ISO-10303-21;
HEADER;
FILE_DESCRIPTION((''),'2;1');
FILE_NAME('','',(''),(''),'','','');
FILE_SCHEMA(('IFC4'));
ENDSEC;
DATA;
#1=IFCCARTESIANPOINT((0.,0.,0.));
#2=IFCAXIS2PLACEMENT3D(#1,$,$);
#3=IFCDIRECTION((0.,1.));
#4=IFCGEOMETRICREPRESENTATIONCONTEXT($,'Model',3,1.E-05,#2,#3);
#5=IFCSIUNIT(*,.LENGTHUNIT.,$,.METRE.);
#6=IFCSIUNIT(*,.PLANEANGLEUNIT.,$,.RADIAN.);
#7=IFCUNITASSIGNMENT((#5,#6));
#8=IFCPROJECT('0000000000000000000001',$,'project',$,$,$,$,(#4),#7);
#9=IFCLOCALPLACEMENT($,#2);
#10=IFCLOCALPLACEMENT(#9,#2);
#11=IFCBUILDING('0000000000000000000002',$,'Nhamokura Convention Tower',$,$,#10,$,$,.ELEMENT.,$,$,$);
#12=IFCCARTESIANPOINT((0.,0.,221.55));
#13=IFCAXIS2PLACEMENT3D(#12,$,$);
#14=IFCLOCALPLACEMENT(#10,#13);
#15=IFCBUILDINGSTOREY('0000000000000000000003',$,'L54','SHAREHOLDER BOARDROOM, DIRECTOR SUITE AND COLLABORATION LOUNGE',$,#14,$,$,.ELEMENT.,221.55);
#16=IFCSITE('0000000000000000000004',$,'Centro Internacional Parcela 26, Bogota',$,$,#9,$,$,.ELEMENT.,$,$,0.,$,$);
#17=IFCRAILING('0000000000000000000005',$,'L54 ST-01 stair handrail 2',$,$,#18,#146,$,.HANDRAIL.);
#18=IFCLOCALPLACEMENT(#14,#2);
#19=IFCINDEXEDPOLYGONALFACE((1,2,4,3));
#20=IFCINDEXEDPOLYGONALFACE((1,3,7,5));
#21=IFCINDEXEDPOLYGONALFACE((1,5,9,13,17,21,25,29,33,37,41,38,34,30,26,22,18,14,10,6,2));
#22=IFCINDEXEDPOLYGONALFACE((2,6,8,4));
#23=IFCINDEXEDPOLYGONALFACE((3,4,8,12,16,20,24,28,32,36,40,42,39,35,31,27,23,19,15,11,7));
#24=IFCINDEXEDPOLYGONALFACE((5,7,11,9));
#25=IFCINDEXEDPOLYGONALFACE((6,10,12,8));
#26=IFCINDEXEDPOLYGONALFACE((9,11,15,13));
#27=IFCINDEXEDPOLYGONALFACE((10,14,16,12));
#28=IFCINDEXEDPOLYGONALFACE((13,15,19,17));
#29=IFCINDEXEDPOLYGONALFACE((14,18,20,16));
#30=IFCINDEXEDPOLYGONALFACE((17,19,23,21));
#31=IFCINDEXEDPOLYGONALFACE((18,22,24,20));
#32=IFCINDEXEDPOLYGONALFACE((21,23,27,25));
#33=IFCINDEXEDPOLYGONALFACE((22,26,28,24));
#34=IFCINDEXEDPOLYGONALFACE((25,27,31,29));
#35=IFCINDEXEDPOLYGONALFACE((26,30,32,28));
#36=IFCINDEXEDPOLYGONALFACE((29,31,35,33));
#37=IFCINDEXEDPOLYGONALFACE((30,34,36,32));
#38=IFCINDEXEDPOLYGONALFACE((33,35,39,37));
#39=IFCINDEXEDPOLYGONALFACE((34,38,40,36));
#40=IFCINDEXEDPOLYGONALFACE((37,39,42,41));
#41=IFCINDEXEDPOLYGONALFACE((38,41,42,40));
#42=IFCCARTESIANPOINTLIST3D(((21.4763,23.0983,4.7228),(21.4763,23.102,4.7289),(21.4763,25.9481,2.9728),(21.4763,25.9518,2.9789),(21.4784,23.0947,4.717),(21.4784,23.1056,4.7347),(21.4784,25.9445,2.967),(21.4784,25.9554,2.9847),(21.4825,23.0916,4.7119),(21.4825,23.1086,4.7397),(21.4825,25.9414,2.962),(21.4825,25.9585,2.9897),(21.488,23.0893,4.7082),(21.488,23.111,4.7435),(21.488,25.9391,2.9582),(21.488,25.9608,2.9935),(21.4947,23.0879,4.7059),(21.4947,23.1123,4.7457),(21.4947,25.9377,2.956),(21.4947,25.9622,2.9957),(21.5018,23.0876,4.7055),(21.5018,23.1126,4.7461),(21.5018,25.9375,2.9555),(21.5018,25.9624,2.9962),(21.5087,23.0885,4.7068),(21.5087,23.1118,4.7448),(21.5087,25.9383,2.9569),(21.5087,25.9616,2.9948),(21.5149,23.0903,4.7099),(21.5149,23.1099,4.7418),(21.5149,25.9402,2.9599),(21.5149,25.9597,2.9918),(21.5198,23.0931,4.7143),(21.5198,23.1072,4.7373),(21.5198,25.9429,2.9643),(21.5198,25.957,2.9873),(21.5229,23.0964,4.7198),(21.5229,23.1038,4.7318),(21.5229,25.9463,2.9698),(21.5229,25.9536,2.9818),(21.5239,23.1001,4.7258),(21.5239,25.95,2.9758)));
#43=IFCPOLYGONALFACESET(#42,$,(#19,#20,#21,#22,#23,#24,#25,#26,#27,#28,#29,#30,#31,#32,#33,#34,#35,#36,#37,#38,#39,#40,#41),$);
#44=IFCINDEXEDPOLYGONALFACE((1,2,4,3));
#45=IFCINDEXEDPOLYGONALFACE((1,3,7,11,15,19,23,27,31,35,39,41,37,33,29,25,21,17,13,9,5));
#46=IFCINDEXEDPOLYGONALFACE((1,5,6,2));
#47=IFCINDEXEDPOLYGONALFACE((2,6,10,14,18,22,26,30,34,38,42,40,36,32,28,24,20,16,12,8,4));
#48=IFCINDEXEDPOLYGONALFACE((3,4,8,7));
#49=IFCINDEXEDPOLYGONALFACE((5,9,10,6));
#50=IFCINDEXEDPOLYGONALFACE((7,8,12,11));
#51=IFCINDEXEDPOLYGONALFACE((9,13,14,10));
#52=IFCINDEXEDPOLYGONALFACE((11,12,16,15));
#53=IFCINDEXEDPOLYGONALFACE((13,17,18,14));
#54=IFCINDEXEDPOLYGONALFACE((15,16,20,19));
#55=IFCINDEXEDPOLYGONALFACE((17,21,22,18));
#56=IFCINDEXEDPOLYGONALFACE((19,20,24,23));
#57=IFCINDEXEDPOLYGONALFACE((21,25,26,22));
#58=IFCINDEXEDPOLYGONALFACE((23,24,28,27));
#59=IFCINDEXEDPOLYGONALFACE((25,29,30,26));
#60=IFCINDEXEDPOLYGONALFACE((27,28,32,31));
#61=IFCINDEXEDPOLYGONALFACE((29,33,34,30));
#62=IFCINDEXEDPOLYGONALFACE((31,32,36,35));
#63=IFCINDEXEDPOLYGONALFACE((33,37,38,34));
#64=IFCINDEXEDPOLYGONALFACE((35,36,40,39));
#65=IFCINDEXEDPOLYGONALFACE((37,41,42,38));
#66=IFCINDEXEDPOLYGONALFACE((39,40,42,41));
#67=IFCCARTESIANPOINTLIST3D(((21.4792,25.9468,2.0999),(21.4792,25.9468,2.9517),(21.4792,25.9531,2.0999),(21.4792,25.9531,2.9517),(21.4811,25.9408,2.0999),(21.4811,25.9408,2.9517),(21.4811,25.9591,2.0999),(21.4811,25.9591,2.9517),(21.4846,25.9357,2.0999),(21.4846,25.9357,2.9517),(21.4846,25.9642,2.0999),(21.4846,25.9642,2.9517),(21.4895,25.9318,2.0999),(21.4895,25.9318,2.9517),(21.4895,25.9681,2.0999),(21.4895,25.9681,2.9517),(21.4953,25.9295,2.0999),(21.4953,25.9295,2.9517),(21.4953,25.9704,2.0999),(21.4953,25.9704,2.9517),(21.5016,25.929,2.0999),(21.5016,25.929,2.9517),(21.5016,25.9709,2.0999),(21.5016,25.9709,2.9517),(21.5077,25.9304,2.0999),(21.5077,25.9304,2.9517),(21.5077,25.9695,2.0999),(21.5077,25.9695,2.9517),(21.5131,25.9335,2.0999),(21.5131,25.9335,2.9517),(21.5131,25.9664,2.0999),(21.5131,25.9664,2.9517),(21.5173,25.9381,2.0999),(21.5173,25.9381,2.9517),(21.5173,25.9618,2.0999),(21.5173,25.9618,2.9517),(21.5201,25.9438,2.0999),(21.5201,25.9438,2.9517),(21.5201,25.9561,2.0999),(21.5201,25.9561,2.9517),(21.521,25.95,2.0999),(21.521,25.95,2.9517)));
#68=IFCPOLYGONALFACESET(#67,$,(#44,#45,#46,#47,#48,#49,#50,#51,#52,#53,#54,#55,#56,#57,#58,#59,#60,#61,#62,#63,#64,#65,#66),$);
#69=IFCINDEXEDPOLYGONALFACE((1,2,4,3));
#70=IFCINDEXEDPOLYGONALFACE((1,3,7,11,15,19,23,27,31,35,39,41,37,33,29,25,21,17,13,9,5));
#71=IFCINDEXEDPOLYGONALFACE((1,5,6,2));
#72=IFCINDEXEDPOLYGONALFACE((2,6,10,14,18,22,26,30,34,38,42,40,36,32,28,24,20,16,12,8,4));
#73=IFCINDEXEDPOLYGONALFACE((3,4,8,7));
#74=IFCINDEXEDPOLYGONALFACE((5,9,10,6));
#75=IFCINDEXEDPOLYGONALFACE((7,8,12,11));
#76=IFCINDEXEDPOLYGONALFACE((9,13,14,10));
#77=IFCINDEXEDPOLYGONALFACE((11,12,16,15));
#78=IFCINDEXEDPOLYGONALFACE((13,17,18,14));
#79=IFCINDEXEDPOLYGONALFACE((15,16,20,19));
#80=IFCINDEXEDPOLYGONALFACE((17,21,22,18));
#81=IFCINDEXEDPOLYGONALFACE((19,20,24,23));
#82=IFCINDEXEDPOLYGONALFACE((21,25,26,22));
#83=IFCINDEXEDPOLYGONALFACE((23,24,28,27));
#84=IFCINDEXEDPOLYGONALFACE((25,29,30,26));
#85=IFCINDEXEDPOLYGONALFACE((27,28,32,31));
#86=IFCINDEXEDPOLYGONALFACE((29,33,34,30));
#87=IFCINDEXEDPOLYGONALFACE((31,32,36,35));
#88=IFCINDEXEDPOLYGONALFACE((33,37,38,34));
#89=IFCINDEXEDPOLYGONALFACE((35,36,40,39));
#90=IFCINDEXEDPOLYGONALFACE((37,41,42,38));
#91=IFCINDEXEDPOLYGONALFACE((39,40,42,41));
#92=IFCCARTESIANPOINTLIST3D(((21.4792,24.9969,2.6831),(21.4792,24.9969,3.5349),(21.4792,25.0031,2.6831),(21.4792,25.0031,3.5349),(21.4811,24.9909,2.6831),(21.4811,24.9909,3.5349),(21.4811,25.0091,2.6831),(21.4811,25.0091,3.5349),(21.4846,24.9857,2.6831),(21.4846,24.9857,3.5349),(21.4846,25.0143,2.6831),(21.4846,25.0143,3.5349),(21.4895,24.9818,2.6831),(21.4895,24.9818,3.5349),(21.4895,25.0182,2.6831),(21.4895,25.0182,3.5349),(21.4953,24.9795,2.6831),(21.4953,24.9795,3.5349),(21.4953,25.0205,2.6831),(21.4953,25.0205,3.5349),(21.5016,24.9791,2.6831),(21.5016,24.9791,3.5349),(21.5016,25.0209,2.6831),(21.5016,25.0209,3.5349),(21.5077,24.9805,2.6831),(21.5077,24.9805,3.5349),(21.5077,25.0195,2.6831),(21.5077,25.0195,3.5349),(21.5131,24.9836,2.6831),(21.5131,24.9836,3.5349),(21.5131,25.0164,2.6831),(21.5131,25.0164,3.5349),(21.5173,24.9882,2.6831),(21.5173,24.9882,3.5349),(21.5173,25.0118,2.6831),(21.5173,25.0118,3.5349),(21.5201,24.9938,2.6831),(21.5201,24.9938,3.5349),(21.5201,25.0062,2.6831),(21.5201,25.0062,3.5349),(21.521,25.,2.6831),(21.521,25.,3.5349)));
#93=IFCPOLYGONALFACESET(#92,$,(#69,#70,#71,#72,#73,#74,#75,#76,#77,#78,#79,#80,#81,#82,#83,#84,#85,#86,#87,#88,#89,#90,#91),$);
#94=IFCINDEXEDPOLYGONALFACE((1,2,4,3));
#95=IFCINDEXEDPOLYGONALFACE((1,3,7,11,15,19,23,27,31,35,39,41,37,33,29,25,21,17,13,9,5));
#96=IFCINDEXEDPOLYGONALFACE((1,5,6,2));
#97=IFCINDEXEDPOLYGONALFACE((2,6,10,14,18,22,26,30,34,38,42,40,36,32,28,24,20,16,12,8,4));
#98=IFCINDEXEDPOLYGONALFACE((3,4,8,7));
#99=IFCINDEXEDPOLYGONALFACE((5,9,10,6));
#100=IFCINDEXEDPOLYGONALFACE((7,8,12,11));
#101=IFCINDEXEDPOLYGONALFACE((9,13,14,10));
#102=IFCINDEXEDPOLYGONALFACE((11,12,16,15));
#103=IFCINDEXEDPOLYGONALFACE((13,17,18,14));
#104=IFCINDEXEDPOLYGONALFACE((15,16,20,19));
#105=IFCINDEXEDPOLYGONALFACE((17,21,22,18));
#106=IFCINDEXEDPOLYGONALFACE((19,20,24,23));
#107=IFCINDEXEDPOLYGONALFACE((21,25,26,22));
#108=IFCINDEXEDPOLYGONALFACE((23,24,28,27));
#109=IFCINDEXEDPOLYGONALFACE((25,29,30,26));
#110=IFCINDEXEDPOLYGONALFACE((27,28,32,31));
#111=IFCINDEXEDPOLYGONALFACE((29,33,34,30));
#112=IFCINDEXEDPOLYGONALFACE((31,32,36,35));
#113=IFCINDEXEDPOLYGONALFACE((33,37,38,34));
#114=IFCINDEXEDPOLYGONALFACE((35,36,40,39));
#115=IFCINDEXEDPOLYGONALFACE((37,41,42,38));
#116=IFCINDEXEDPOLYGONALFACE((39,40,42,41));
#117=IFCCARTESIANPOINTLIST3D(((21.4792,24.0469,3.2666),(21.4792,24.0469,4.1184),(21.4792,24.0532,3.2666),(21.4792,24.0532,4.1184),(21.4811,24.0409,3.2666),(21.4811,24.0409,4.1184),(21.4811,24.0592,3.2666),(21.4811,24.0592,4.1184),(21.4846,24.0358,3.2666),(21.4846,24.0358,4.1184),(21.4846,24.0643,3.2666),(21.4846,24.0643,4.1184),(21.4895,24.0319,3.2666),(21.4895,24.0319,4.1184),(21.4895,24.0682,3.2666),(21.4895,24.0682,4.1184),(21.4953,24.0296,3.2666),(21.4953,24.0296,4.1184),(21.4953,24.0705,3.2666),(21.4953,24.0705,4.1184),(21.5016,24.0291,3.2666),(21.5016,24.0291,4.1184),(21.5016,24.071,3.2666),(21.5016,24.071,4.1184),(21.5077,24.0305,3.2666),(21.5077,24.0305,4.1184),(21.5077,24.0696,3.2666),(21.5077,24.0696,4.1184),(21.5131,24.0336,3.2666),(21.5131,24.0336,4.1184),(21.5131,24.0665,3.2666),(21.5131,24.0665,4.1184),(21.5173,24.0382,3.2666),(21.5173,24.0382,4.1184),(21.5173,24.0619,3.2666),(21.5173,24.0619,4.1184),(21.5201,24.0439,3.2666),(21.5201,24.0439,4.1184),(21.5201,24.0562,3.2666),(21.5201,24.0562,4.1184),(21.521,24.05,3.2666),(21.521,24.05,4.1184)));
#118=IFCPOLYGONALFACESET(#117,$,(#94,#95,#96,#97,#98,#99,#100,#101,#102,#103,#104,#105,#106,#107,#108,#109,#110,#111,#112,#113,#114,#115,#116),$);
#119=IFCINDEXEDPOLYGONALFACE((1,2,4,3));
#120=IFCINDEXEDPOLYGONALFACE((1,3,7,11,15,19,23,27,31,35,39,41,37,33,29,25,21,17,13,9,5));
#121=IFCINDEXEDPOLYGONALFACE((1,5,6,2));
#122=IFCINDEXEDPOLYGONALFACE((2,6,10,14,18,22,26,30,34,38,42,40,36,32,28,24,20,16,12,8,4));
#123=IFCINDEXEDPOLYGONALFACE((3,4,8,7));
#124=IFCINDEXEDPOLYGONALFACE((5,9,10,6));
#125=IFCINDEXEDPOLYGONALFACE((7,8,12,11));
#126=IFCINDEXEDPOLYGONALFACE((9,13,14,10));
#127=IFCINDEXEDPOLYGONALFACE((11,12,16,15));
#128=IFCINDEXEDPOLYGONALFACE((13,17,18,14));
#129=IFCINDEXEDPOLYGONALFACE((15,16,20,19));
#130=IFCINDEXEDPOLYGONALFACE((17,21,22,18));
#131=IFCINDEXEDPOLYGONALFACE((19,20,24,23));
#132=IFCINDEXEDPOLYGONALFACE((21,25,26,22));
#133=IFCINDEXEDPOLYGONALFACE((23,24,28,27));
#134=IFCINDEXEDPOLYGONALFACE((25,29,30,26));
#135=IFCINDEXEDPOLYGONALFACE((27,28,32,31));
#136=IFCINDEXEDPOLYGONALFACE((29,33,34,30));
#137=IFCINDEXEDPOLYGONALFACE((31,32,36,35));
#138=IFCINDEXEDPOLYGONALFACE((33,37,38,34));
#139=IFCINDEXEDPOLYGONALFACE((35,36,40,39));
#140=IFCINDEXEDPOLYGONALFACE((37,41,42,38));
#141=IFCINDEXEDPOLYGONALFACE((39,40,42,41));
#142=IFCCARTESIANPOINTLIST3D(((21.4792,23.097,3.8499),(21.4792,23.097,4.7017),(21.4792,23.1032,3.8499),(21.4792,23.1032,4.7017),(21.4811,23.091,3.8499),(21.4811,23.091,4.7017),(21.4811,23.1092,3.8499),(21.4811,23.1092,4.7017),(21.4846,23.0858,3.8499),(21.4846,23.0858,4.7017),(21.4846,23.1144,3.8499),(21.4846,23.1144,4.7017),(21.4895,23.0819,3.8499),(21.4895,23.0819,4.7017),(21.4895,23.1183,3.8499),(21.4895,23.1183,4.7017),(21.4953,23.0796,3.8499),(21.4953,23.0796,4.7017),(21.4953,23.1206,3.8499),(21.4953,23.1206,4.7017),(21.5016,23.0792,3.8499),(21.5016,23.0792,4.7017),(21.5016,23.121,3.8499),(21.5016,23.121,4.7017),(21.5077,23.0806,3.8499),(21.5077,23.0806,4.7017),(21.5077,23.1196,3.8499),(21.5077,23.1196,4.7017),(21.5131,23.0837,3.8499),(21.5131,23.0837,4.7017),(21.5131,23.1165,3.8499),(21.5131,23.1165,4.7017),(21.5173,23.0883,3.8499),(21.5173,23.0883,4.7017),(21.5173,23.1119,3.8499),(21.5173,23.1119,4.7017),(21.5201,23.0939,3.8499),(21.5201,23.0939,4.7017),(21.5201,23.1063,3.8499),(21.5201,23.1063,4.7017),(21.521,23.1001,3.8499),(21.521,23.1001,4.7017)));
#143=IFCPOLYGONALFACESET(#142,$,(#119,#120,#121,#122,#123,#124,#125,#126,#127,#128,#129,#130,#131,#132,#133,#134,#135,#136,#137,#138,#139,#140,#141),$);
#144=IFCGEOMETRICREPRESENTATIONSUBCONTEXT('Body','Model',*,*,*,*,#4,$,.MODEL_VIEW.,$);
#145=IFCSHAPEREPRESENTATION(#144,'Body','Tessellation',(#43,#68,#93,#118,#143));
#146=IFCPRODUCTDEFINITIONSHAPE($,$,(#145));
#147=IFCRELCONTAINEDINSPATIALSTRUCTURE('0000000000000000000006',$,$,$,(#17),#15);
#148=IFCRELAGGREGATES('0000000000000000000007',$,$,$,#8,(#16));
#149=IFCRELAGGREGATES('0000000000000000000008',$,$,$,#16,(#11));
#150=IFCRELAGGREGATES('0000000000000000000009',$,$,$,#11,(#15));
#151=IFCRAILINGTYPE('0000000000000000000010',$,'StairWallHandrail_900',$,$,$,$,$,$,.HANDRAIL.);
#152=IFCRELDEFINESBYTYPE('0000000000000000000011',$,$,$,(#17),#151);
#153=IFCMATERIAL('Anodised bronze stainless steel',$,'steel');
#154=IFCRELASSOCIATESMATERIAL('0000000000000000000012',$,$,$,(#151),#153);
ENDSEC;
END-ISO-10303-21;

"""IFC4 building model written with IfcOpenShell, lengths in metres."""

from ifc_helpers import new_model, si_unit, direction, frame, origin, origin_2d, place, context, subcontext, project, spatial, circle, extrude, material, type_object, element, save


model = new_model("IFC4")

# Units and contexts
model_context = context("Model", 3, precision=1e-05, world=origin(), true_north=direction((0.0, 1.0)))
body_context = subcontext(model_context, "Body", "Model", "MODEL_VIEW")
ifc_project = project(units=[si_unit("LENGTHUNIT", "METRE"), si_unit("PLANEANGLEUNIT", "RADIAN")], contexts=[model_context])

# Site, building, storey
site_placement = place(None, origin())
site = spatial("IfcSite", under=ifc_project, at=site_placement, Name="Centro Internacional Parcela 26, Bogota", CompositionType="ELEMENT", RefElevation=0.0)
building_placement = place(site_placement, origin())
building = spatial("IfcBuilding", under=site, at=building_placement, Name="Nhamokura Convention Tower", CompositionType="ELEMENT")
storey_placement = place(building_placement, frame((0.0, 0.0, 221.55)))
storey = spatial("IfcBuildingStorey", under=building, at=storey_placement, Name="L54", Description="SHAREHOLDER BOARDROOM, DIRECTOR SUITE AND COLLABORATION LOUNGE", CompositionType="ELEMENT", Elevation=221.55)

# Railing
ifc_material_1 = material(Name="Anodised bronze stainless steel", Category="steel")
railing_type_1 = type_object("IfcRailingType", Name="StairWallHandrail_900", PredefinedType="HANDRAIL", material=ifc_material_1)
railing_1_placement = place(storey_placement, frame((21.5, 25.95, 2.0999)))
element("IfcRailing", 1, at=railing_1_placement, inside=storey, type_object=railing_type_1, Name="L54 ST-01 stair handrail 2", PredefinedType="HANDRAIL", context=body_context, shape_type="SweptSolid", body=[
    extrude(circle(Radius=0.0239, at=origin_2d()), frame((0.0, 0.0, 0.876), z_axis=(0.0, -0.852159, 0.523283), x_axis=(1.0, 0.0, 0.0)), (0.0, 0.0, 1.0), 3.3442),
    extrude(circle(Radius=0.021, at=origin_2d()), origin(), (0.0, 0.0, 1.0), 0.8518),
    extrude(circle(Radius=0.021, at=origin_2d()), frame((0.0, -0.95, 0.5833)), (0.0, 0.0, 1.0), 0.8518),
    extrude(circle(Radius=0.021, at=origin_2d()), frame((0.0, -1.8999, 1.1667)), (0.0, 0.0, 1.0), 0.8518),
    extrude(circle(Radius=0.021, at=origin_2d()), frame((0.0, -2.8499, 1.75)), (0.0, 0.0, 1.0), 0.8518),
])

save(model, "model.ifc")
